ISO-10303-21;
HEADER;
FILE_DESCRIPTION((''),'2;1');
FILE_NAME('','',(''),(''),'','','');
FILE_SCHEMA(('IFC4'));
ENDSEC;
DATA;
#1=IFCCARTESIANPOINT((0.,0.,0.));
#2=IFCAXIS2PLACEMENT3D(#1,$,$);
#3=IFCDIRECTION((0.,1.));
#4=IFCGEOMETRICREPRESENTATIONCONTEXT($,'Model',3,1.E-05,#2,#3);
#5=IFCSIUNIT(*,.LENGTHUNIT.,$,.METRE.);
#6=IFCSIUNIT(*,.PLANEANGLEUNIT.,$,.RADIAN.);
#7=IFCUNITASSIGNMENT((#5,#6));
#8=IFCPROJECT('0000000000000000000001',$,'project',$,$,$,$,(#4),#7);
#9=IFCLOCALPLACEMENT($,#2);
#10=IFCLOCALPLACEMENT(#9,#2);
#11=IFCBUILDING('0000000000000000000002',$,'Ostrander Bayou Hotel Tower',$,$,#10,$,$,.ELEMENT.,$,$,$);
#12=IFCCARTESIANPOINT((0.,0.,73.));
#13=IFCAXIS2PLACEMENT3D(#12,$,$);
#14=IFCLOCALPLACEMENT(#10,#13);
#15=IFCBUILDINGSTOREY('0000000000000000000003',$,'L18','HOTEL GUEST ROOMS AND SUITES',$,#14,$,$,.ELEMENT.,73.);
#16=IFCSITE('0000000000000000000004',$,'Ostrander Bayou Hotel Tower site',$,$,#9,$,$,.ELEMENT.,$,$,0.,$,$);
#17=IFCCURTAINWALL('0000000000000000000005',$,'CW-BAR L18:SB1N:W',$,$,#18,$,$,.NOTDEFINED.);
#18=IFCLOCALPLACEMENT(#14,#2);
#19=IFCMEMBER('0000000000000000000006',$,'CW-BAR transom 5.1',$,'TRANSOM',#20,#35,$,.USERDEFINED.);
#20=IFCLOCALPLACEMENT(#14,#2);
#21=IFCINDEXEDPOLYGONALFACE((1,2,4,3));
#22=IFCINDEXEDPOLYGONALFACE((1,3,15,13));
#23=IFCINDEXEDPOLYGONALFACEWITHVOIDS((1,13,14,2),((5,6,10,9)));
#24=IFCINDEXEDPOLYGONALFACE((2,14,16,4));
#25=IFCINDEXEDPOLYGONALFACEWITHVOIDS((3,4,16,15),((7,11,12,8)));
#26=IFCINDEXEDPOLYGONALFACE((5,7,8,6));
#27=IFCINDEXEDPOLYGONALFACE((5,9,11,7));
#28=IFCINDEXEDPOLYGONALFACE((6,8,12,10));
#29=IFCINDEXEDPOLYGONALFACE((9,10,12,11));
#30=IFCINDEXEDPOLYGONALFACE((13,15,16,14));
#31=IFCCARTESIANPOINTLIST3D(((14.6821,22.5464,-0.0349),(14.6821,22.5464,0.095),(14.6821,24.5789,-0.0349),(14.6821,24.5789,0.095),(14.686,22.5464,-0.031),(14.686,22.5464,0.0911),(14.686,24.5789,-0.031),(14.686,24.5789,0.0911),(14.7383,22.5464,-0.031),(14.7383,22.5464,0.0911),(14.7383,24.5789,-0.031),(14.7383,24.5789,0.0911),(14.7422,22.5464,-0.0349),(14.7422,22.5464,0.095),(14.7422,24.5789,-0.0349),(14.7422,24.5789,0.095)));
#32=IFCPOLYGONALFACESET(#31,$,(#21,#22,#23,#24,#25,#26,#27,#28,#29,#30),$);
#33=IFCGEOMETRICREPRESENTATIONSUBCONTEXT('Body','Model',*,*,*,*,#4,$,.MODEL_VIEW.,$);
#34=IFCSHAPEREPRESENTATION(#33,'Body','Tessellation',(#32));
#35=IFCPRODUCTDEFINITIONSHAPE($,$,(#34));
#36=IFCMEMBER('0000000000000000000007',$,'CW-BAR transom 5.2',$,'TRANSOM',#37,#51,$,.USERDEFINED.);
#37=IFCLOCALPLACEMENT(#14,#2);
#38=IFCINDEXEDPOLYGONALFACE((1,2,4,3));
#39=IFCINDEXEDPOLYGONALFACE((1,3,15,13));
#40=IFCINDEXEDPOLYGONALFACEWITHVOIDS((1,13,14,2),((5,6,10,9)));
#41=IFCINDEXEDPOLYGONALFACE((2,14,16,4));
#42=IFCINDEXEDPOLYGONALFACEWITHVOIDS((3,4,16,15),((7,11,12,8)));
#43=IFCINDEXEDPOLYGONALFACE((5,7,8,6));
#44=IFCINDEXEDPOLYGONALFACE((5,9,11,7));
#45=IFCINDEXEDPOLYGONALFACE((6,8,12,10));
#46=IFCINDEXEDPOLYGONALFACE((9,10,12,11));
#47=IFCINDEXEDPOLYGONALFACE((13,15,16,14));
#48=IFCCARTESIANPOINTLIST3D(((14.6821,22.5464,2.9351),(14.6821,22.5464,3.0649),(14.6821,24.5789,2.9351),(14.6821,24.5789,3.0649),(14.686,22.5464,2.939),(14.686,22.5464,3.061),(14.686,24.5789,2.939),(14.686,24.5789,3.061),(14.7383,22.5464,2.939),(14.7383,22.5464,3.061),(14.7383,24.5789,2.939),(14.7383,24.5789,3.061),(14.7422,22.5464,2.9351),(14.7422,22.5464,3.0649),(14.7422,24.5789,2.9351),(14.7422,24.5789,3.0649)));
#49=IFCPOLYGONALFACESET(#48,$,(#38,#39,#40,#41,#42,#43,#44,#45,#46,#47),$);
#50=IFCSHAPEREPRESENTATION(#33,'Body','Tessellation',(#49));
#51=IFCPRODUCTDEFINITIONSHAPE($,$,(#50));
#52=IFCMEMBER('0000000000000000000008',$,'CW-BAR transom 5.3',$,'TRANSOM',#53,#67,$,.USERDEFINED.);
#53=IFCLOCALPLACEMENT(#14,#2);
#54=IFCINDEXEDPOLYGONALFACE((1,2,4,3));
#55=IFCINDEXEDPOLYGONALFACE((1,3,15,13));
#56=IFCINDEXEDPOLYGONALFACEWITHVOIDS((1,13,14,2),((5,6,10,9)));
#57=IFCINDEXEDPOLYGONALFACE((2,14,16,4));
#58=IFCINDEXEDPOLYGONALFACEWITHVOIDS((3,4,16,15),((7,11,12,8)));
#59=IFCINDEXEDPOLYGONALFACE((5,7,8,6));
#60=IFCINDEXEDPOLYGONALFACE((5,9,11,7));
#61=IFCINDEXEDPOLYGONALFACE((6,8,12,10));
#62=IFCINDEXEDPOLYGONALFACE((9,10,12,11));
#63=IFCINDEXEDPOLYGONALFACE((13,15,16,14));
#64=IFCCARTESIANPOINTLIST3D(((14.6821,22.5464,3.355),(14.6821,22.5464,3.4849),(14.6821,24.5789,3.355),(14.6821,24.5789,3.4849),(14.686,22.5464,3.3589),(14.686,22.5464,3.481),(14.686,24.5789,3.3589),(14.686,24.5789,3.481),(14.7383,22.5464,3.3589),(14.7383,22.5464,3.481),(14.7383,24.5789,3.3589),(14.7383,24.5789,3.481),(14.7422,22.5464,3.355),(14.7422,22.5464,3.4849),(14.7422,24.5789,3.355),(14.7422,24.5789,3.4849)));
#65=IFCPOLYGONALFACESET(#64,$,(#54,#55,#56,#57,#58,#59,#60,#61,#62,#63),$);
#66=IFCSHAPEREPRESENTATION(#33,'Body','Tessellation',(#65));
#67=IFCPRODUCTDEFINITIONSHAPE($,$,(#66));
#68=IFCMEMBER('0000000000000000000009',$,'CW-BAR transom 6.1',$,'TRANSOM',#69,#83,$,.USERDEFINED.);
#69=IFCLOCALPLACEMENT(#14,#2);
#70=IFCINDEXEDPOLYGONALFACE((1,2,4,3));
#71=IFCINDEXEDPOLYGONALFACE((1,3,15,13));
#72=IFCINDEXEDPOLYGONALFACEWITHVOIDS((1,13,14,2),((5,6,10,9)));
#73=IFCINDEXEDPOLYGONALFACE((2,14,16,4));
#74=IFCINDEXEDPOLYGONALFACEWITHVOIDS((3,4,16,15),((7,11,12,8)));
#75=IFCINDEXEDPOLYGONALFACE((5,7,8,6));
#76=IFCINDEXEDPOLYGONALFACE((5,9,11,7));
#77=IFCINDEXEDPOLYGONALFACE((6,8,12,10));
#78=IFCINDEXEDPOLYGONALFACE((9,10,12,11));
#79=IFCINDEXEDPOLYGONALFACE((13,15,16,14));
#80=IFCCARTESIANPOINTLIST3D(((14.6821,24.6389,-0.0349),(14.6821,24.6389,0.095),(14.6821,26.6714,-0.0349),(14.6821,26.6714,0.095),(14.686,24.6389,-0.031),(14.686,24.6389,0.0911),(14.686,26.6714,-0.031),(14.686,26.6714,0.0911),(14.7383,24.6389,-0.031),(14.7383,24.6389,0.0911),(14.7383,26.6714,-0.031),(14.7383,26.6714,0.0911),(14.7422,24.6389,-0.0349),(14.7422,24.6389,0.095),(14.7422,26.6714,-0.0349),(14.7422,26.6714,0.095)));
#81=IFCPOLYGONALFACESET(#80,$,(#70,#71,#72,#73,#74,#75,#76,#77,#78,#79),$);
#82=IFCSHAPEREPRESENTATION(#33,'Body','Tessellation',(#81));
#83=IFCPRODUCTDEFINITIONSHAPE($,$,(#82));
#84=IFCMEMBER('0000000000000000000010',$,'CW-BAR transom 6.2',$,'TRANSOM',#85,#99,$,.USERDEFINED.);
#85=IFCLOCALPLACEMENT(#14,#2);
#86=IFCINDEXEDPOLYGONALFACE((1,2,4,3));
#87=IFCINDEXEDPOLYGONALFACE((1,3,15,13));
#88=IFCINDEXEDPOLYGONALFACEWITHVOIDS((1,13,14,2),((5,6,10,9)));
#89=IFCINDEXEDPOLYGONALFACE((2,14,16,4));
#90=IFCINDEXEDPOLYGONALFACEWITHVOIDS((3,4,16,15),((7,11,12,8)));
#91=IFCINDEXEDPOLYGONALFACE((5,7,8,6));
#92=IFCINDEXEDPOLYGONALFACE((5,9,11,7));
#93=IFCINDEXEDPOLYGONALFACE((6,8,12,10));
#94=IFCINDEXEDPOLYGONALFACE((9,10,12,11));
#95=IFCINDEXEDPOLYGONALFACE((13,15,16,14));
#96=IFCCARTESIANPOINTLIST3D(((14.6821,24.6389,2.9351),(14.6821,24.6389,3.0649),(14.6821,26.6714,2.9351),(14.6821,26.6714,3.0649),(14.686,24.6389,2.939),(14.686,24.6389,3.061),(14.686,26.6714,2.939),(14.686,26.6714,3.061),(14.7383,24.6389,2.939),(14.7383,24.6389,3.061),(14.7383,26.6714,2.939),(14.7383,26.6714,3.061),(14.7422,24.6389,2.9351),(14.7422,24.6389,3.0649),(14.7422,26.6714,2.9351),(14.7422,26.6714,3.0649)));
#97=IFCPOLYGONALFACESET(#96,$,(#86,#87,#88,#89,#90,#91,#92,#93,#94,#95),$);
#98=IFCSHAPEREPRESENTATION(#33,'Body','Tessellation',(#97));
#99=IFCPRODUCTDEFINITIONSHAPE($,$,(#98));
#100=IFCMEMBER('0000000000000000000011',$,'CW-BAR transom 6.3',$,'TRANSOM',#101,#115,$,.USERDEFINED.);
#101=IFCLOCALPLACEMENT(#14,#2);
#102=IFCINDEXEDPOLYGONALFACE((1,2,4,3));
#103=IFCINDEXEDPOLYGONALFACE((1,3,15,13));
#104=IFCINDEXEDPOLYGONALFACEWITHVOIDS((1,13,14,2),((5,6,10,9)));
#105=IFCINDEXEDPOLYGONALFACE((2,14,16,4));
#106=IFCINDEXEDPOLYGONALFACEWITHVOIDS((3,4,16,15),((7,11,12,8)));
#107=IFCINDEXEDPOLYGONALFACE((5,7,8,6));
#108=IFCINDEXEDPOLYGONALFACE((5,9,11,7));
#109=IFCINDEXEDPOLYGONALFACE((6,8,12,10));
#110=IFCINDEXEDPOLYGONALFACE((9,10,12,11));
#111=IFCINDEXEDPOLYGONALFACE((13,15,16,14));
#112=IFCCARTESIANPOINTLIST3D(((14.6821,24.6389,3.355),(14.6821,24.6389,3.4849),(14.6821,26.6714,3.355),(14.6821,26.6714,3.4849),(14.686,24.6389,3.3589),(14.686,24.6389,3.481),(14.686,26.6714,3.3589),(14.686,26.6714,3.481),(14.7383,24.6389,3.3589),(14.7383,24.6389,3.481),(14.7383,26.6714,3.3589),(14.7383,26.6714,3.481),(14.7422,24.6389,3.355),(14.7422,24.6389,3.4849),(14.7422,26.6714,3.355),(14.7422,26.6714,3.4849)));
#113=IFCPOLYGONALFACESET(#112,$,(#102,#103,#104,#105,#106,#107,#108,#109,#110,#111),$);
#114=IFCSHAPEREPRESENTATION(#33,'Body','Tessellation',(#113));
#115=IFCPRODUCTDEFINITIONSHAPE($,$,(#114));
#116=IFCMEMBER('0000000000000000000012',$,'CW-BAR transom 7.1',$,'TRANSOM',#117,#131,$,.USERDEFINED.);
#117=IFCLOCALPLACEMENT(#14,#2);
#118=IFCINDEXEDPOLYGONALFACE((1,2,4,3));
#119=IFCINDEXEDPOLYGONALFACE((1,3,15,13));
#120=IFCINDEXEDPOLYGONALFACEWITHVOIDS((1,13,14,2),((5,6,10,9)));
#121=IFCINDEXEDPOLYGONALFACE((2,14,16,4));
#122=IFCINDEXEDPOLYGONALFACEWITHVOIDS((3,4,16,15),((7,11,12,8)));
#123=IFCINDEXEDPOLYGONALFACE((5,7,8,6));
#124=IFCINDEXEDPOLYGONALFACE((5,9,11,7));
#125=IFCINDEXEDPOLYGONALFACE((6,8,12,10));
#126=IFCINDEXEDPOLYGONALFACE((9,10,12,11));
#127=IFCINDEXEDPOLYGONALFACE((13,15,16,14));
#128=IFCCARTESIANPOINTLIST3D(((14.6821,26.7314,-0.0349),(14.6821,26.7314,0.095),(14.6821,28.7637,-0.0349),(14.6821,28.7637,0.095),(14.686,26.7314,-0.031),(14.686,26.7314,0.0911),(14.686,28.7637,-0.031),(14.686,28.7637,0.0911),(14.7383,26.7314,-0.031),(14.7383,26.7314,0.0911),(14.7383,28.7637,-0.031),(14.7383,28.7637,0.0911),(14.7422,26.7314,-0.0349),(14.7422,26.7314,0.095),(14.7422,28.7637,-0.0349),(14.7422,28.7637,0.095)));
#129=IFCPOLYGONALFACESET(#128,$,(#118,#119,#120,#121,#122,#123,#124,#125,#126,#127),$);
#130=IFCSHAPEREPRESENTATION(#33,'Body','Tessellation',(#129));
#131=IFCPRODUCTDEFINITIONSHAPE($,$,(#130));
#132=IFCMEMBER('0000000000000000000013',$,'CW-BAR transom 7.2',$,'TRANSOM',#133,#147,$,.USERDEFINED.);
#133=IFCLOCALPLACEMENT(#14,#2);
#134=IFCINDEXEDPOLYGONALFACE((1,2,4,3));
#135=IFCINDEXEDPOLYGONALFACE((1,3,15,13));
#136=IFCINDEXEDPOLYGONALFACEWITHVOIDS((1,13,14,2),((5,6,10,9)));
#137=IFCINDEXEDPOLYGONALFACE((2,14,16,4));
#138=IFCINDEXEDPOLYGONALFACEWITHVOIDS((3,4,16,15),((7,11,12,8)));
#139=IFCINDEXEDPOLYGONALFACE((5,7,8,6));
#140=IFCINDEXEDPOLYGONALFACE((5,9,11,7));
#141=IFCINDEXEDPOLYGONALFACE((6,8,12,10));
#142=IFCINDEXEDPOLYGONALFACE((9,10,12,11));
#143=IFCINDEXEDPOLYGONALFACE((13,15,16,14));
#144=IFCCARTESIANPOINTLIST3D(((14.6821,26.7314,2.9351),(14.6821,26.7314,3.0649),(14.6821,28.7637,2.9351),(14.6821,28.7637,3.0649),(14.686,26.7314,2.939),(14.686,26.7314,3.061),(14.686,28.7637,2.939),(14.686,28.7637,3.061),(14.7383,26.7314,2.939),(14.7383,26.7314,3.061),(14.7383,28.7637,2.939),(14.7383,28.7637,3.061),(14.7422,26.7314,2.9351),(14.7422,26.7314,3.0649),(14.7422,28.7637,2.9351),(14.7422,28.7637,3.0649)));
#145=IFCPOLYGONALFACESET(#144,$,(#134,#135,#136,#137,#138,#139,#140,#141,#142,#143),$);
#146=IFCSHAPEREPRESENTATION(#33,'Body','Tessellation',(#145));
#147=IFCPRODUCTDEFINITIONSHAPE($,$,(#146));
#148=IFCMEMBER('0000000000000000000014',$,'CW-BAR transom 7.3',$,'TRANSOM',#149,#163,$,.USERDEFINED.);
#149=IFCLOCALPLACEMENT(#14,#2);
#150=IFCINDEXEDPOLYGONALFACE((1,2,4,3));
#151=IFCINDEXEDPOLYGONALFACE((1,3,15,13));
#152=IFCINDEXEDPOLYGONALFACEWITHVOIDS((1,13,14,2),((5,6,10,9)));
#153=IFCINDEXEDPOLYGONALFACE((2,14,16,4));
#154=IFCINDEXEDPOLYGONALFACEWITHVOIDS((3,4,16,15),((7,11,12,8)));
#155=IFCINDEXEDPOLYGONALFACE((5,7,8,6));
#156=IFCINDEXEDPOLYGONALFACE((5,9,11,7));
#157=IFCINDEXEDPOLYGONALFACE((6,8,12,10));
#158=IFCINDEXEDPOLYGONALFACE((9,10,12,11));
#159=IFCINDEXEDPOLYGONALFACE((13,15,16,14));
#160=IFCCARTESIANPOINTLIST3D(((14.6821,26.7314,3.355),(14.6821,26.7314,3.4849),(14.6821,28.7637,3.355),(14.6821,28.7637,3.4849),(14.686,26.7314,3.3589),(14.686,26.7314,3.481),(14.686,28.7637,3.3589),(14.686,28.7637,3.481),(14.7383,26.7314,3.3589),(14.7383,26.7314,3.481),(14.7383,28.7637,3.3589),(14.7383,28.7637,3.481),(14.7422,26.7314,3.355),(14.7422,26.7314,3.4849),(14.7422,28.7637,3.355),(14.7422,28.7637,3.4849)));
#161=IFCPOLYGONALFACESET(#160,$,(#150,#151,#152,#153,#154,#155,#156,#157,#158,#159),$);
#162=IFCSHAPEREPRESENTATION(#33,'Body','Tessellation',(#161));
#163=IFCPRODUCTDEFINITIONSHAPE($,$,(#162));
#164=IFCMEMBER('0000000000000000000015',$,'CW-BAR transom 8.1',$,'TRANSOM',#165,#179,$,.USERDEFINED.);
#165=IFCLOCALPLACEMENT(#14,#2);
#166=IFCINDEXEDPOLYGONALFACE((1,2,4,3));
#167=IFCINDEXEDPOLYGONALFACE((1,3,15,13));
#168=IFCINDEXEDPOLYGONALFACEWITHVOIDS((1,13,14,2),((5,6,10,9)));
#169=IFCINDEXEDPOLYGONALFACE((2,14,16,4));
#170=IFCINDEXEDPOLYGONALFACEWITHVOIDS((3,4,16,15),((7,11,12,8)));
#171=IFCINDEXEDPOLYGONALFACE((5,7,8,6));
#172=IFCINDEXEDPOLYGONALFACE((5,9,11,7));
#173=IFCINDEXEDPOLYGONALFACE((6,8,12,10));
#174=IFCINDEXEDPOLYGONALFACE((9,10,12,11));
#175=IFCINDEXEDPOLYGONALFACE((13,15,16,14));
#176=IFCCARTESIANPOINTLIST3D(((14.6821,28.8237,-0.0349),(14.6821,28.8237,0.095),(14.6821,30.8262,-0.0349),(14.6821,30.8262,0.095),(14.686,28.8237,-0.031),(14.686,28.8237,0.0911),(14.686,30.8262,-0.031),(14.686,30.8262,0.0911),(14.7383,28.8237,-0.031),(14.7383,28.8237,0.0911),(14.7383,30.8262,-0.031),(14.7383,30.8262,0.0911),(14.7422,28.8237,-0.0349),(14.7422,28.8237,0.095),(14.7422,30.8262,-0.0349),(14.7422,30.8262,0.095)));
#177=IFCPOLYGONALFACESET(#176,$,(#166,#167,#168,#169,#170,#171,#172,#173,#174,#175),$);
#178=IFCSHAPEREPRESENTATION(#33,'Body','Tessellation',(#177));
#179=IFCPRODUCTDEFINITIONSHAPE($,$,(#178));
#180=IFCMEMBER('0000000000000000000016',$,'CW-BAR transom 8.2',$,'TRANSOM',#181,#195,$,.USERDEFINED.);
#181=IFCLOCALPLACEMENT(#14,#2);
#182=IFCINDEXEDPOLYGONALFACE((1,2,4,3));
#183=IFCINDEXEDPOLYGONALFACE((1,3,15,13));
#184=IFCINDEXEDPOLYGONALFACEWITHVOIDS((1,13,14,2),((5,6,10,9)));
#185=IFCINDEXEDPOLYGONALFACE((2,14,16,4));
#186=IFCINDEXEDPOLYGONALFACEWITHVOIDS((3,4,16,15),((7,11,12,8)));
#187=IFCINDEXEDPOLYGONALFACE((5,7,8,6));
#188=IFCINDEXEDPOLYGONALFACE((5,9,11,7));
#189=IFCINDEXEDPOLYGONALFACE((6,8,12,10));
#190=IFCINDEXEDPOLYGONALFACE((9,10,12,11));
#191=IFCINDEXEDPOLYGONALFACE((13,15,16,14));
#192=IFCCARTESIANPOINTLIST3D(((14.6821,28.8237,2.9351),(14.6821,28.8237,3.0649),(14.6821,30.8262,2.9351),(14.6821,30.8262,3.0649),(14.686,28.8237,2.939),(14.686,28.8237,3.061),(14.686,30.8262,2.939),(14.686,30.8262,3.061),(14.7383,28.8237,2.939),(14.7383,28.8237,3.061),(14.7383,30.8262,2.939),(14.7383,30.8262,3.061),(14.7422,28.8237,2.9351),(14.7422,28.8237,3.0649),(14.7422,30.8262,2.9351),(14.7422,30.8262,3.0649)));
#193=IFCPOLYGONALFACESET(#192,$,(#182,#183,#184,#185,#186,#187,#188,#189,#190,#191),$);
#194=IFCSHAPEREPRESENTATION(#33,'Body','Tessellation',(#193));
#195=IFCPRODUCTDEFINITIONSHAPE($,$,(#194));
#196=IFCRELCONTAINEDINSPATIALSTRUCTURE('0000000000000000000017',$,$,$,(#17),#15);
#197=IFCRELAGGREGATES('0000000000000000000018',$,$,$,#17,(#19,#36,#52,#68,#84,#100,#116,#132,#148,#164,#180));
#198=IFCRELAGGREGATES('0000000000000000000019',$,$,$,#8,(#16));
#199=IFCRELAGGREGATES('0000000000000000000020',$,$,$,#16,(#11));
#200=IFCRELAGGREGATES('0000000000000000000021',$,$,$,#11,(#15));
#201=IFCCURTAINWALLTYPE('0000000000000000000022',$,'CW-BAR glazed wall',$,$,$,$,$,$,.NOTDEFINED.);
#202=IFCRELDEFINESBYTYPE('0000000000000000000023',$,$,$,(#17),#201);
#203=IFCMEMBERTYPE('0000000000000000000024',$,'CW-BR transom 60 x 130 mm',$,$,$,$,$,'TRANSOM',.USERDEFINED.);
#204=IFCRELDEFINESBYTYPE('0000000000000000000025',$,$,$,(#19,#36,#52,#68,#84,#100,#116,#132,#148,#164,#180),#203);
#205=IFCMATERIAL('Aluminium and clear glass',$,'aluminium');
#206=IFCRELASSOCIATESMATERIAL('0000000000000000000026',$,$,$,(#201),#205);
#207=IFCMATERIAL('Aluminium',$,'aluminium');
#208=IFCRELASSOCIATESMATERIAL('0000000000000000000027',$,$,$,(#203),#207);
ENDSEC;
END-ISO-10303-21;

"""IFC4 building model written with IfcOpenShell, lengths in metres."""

from ifc_helpers import new_model, si_unit, direction, frame, origin, origin_2d, place, context, subcontext, project, spatial, hollow_rectangle, extrude, material, material_profile, profile_set, type_object, element, aggregate, save


model = new_model("IFC4")

# Units and contexts
model_context = context("Model", 3, precision=1e-05, world=origin(), true_north=direction((0.0, 1.0)))
body_context = subcontext(model_context, "Body", "Model", "MODEL_VIEW")
ifc_project = project(units=[si_unit("LENGTHUNIT", "METRE"), si_unit("PLANEANGLEUNIT", "RADIAN")], contexts=[model_context])

# Site, building, storey
site_placement = place(None, origin())
site = spatial("IfcSite", under=ifc_project, at=site_placement, Name="Ostrander Bayou Hotel Tower site", CompositionType="ELEMENT", RefElevation=0.0)
building_placement = place(site_placement, origin())
building = spatial("IfcBuilding", under=site, at=building_placement, Name="Ostrander Bayou Hotel Tower", CompositionType="ELEMENT")
storey_placement = place(building_placement, frame((0.0, 0.0, 73.0)))
storey = spatial("IfcBuildingStorey", under=building, at=storey_placement, Name="L18", Description="HOTEL GUEST ROOMS AND SUITES", CompositionType="ELEMENT", Elevation=73.0)

# Curtain wall
ifc_material_1 = material(Name="Aluminium and clear glass", Category="aluminium")
curtain_wall_type = type_object("IfcCurtainWallType", Name="CW-BAR glazed wall", PredefinedType="NOTDEFINED", material=ifc_material_1)
curtain_wall_1_placement = place(storey_placement, origin())
curtain_wall_1 = element("IfcCurtainWall", 1, at=curtain_wall_1_placement, inside=storey, type_object=curtain_wall_type, Name="CW-BAR L18:SB1N:W", PredefinedType="NOTDEFINED")

# Members
ifc_material_2 = material(Name="Aluminium", Category="aluminium")
ifc_material_profile_1 = material_profile(ifc_material_2, hollow_rectangle(XDim=0.0601, YDim=0.1299, WallThickness=0.0039, at=origin_2d()))
ifc_profile_set_1 = profile_set([ifc_material_profile_1], Name="Aluminium")
member_type_1 = type_object("IfcMemberType", Name="CW-BR transom 60 x 130 mm", ElementType="TRANSOM", PredefinedType="USERDEFINED", material=ifc_profile_set_1)
member_1_placement = place(storey_placement, frame((14.7122, 22.5464, 0.03), z_axis=(0.0, 1.0, 0.0), x_axis=(-1.0, 0.0, 0.0)))
member_1 = element("IfcMember", 2, at=member_1_placement, type_object=member_type_1, Name="CW-BAR transom 5.1", ObjectType="TRANSOM", PredefinedType="USERDEFINED", context=body_context, shape_type="SweptSolid", body=[
    extrude(hollow_rectangle(XDim=0.0601, YDim=0.1299, WallThickness=0.0039, at=origin_2d()), origin(), (0.0, 0.0, 1.0), 2.0325),
])
member_2_placement = place(storey_placement, frame((14.7122, 22.5464, 3.0), z_axis=(0.0, 1.0, 0.0), x_axis=(-1.0, 0.0, 0.0)))
member_2 = element("IfcMember", 3, at=member_2_placement, type_object=member_type_1, Name="CW-BAR transom 5.2", ObjectType="TRANSOM", PredefinedType="USERDEFINED", context=body_context, shape_type="SweptSolid", body=[
    extrude(hollow_rectangle(XDim=0.0601, YDim=0.1299, WallThickness=0.0039, at=origin_2d()), origin(), (0.0, 0.0, 1.0), 2.0325),
])
member_3_placement = place(storey_placement, frame((14.7122, 22.5464, 3.4199), z_axis=(0.0, 1.0, 0.0), x_axis=(-1.0, 0.0, 0.0)))
member_3 = element("IfcMember", 4, at=member_3_placement, type_object=member_type_1, Name="CW-BAR transom 5.3", ObjectType="TRANSOM", PredefinedType="USERDEFINED", context=body_context, shape_type="SweptSolid", body=[
    extrude(hollow_rectangle(XDim=0.0601, YDim=0.1299, WallThickness=0.0039, at=origin_2d()), origin(), (0.0, 0.0, 1.0), 2.0325),
])
member_4_placement = place(storey_placement, frame((14.7122, 24.6389, 0.03), z_axis=(0.0, 1.0, 0.0), x_axis=(-1.0, 0.0, 0.0)))
member_4 = element("IfcMember", 5, at=member_4_placement, type_object=member_type_1, Name="CW-BAR transom 6.1", ObjectType="TRANSOM", PredefinedType="USERDEFINED", context=body_context, shape_type="SweptSolid", body=[
    extrude(hollow_rectangle(XDim=0.0601, YDim=0.1299, WallThickness=0.0039, at=origin_2d()), origin(), (0.0, 0.0, 1.0), 2.0325),
])
member_5_placement = place(storey_placement, frame((14.7122, 24.6389, 3.0), z_axis=(0.0, 1.0, 0.0), x_axis=(-1.0, 0.0, 0.0)))
member_5 = element("IfcMember", 6, at=member_5_placement, type_object=member_type_1, Name="CW-BAR transom 6.2", ObjectType="TRANSOM", PredefinedType="USERDEFINED", context=body_context, shape_type="SweptSolid", body=[
    extrude(hollow_rectangle(XDim=0.0601, YDim=0.1299, WallThickness=0.0039, at=origin_2d()), origin(), (0.0, 0.0, 1.0), 2.0325),
])
member_6_placement = place(storey_placement, frame((14.7122, 24.6389, 3.4199), z_axis=(0.0, 1.0, 0.0), x_axis=(-1.0, 0.0, 0.0)))
member_6 = element("IfcMember", 7, at=member_6_placement, type_object=member_type_1, Name="CW-BAR transom 6.3", ObjectType="TRANSOM", PredefinedType="USERDEFINED", context=body_context, shape_type="SweptSolid", body=[
    extrude(hollow_rectangle(XDim=0.0601, YDim=0.1299, WallThickness=0.0039, at=origin_2d()), origin(), (0.0, 0.0, 1.0), 2.0325),
])
member_7_placement = place(storey_placement, frame((14.7122, 26.7314, 0.03), z_axis=(0.0, 1.0, 0.0), x_axis=(-1.0, 0.0, 0.0)))
member_7 = element("IfcMember", 8, at=member_7_placement, type_object=member_type_1, Name="CW-BAR transom 7.1", ObjectType="TRANSOM", PredefinedType="USERDEFINED", context=body_context, shape_type="SweptSolid", body=[
    extrude(hollow_rectangle(XDim=0.0601, YDim=0.1299, WallThickness=0.0039, at=origin_2d()), origin(), (0.0, 0.0, 1.0), 2.0322),
])
member_8_placement = place(storey_placement, frame((14.7122, 26.7314, 3.0), z_axis=(0.0, 1.0, 0.0), x_axis=(-1.0, 0.0, 0.0)))
member_8 = element("IfcMember", 9, at=member_8_placement, type_object=member_type_1, Name="CW-BAR transom 7.2", ObjectType="TRANSOM", PredefinedType="USERDEFINED", context=body_context, shape_type="SweptSolid", body=[
    extrude(hollow_rectangle(XDim=0.0601, YDim=0.1299, WallThickness=0.0039, at=origin_2d()), origin(), (0.0, 0.0, 1.0), 2.0322),
])
member_9_placement = place(storey_placement, frame((14.7122, 26.7314, 3.4199), z_axis=(0.0, 1.0, 0.0), x_axis=(-1.0, 0.0, 0.0)))
member_9 = element("IfcMember", 10, at=member_9_placement, type_object=member_type_1, Name="CW-BAR transom 7.3", ObjectType="TRANSOM", PredefinedType="USERDEFINED", context=body_context, shape_type="SweptSolid", body=[
    extrude(hollow_rectangle(XDim=0.0601, YDim=0.1299, WallThickness=0.0039, at=origin_2d()), origin(), (0.0, 0.0, 1.0), 2.0322),
])
member_10_placement = place(storey_placement, frame((14.7122, 28.8237, 0.03), z_axis=(0.0, 1.0, 0.0), x_axis=(-1.0, 0.0, 0.0)))
member_10 = element("IfcMember", 11, at=member_10_placement, type_object=member_type_1, Name="CW-BAR transom 8.1", ObjectType="TRANSOM", PredefinedType="USERDEFINED", context=body_context, shape_type="SweptSolid", body=[
    extrude(hollow_rectangle(XDim=0.0601, YDim=0.1299, WallThickness=0.0039, at=origin_2d()), origin(), (0.0, 0.0, 1.0), 2.0024),
])
member_11_placement = place(storey_placement, frame((14.7122, 28.8237, 3.0), z_axis=(0.0, 1.0, 0.0), x_axis=(-1.0, 0.0, 0.0)))
member_11 = element("IfcMember", 12, at=member_11_placement, type_object=member_type_1, Name="CW-BAR transom 8.2", ObjectType="TRANSOM", PredefinedType="USERDEFINED", context=body_context, shape_type="SweptSolid", body=[
    extrude(hollow_rectangle(XDim=0.0601, YDim=0.1299, WallThickness=0.0039, at=origin_2d()), origin(), (0.0, 0.0, 1.0), 2.0024),
])

aggregate(curtain_wall_1, [member_1, member_2, member_3, member_4, member_5, member_6, member_7, member_8, member_9, member_10, member_11])

save(model, "model.ifc")
